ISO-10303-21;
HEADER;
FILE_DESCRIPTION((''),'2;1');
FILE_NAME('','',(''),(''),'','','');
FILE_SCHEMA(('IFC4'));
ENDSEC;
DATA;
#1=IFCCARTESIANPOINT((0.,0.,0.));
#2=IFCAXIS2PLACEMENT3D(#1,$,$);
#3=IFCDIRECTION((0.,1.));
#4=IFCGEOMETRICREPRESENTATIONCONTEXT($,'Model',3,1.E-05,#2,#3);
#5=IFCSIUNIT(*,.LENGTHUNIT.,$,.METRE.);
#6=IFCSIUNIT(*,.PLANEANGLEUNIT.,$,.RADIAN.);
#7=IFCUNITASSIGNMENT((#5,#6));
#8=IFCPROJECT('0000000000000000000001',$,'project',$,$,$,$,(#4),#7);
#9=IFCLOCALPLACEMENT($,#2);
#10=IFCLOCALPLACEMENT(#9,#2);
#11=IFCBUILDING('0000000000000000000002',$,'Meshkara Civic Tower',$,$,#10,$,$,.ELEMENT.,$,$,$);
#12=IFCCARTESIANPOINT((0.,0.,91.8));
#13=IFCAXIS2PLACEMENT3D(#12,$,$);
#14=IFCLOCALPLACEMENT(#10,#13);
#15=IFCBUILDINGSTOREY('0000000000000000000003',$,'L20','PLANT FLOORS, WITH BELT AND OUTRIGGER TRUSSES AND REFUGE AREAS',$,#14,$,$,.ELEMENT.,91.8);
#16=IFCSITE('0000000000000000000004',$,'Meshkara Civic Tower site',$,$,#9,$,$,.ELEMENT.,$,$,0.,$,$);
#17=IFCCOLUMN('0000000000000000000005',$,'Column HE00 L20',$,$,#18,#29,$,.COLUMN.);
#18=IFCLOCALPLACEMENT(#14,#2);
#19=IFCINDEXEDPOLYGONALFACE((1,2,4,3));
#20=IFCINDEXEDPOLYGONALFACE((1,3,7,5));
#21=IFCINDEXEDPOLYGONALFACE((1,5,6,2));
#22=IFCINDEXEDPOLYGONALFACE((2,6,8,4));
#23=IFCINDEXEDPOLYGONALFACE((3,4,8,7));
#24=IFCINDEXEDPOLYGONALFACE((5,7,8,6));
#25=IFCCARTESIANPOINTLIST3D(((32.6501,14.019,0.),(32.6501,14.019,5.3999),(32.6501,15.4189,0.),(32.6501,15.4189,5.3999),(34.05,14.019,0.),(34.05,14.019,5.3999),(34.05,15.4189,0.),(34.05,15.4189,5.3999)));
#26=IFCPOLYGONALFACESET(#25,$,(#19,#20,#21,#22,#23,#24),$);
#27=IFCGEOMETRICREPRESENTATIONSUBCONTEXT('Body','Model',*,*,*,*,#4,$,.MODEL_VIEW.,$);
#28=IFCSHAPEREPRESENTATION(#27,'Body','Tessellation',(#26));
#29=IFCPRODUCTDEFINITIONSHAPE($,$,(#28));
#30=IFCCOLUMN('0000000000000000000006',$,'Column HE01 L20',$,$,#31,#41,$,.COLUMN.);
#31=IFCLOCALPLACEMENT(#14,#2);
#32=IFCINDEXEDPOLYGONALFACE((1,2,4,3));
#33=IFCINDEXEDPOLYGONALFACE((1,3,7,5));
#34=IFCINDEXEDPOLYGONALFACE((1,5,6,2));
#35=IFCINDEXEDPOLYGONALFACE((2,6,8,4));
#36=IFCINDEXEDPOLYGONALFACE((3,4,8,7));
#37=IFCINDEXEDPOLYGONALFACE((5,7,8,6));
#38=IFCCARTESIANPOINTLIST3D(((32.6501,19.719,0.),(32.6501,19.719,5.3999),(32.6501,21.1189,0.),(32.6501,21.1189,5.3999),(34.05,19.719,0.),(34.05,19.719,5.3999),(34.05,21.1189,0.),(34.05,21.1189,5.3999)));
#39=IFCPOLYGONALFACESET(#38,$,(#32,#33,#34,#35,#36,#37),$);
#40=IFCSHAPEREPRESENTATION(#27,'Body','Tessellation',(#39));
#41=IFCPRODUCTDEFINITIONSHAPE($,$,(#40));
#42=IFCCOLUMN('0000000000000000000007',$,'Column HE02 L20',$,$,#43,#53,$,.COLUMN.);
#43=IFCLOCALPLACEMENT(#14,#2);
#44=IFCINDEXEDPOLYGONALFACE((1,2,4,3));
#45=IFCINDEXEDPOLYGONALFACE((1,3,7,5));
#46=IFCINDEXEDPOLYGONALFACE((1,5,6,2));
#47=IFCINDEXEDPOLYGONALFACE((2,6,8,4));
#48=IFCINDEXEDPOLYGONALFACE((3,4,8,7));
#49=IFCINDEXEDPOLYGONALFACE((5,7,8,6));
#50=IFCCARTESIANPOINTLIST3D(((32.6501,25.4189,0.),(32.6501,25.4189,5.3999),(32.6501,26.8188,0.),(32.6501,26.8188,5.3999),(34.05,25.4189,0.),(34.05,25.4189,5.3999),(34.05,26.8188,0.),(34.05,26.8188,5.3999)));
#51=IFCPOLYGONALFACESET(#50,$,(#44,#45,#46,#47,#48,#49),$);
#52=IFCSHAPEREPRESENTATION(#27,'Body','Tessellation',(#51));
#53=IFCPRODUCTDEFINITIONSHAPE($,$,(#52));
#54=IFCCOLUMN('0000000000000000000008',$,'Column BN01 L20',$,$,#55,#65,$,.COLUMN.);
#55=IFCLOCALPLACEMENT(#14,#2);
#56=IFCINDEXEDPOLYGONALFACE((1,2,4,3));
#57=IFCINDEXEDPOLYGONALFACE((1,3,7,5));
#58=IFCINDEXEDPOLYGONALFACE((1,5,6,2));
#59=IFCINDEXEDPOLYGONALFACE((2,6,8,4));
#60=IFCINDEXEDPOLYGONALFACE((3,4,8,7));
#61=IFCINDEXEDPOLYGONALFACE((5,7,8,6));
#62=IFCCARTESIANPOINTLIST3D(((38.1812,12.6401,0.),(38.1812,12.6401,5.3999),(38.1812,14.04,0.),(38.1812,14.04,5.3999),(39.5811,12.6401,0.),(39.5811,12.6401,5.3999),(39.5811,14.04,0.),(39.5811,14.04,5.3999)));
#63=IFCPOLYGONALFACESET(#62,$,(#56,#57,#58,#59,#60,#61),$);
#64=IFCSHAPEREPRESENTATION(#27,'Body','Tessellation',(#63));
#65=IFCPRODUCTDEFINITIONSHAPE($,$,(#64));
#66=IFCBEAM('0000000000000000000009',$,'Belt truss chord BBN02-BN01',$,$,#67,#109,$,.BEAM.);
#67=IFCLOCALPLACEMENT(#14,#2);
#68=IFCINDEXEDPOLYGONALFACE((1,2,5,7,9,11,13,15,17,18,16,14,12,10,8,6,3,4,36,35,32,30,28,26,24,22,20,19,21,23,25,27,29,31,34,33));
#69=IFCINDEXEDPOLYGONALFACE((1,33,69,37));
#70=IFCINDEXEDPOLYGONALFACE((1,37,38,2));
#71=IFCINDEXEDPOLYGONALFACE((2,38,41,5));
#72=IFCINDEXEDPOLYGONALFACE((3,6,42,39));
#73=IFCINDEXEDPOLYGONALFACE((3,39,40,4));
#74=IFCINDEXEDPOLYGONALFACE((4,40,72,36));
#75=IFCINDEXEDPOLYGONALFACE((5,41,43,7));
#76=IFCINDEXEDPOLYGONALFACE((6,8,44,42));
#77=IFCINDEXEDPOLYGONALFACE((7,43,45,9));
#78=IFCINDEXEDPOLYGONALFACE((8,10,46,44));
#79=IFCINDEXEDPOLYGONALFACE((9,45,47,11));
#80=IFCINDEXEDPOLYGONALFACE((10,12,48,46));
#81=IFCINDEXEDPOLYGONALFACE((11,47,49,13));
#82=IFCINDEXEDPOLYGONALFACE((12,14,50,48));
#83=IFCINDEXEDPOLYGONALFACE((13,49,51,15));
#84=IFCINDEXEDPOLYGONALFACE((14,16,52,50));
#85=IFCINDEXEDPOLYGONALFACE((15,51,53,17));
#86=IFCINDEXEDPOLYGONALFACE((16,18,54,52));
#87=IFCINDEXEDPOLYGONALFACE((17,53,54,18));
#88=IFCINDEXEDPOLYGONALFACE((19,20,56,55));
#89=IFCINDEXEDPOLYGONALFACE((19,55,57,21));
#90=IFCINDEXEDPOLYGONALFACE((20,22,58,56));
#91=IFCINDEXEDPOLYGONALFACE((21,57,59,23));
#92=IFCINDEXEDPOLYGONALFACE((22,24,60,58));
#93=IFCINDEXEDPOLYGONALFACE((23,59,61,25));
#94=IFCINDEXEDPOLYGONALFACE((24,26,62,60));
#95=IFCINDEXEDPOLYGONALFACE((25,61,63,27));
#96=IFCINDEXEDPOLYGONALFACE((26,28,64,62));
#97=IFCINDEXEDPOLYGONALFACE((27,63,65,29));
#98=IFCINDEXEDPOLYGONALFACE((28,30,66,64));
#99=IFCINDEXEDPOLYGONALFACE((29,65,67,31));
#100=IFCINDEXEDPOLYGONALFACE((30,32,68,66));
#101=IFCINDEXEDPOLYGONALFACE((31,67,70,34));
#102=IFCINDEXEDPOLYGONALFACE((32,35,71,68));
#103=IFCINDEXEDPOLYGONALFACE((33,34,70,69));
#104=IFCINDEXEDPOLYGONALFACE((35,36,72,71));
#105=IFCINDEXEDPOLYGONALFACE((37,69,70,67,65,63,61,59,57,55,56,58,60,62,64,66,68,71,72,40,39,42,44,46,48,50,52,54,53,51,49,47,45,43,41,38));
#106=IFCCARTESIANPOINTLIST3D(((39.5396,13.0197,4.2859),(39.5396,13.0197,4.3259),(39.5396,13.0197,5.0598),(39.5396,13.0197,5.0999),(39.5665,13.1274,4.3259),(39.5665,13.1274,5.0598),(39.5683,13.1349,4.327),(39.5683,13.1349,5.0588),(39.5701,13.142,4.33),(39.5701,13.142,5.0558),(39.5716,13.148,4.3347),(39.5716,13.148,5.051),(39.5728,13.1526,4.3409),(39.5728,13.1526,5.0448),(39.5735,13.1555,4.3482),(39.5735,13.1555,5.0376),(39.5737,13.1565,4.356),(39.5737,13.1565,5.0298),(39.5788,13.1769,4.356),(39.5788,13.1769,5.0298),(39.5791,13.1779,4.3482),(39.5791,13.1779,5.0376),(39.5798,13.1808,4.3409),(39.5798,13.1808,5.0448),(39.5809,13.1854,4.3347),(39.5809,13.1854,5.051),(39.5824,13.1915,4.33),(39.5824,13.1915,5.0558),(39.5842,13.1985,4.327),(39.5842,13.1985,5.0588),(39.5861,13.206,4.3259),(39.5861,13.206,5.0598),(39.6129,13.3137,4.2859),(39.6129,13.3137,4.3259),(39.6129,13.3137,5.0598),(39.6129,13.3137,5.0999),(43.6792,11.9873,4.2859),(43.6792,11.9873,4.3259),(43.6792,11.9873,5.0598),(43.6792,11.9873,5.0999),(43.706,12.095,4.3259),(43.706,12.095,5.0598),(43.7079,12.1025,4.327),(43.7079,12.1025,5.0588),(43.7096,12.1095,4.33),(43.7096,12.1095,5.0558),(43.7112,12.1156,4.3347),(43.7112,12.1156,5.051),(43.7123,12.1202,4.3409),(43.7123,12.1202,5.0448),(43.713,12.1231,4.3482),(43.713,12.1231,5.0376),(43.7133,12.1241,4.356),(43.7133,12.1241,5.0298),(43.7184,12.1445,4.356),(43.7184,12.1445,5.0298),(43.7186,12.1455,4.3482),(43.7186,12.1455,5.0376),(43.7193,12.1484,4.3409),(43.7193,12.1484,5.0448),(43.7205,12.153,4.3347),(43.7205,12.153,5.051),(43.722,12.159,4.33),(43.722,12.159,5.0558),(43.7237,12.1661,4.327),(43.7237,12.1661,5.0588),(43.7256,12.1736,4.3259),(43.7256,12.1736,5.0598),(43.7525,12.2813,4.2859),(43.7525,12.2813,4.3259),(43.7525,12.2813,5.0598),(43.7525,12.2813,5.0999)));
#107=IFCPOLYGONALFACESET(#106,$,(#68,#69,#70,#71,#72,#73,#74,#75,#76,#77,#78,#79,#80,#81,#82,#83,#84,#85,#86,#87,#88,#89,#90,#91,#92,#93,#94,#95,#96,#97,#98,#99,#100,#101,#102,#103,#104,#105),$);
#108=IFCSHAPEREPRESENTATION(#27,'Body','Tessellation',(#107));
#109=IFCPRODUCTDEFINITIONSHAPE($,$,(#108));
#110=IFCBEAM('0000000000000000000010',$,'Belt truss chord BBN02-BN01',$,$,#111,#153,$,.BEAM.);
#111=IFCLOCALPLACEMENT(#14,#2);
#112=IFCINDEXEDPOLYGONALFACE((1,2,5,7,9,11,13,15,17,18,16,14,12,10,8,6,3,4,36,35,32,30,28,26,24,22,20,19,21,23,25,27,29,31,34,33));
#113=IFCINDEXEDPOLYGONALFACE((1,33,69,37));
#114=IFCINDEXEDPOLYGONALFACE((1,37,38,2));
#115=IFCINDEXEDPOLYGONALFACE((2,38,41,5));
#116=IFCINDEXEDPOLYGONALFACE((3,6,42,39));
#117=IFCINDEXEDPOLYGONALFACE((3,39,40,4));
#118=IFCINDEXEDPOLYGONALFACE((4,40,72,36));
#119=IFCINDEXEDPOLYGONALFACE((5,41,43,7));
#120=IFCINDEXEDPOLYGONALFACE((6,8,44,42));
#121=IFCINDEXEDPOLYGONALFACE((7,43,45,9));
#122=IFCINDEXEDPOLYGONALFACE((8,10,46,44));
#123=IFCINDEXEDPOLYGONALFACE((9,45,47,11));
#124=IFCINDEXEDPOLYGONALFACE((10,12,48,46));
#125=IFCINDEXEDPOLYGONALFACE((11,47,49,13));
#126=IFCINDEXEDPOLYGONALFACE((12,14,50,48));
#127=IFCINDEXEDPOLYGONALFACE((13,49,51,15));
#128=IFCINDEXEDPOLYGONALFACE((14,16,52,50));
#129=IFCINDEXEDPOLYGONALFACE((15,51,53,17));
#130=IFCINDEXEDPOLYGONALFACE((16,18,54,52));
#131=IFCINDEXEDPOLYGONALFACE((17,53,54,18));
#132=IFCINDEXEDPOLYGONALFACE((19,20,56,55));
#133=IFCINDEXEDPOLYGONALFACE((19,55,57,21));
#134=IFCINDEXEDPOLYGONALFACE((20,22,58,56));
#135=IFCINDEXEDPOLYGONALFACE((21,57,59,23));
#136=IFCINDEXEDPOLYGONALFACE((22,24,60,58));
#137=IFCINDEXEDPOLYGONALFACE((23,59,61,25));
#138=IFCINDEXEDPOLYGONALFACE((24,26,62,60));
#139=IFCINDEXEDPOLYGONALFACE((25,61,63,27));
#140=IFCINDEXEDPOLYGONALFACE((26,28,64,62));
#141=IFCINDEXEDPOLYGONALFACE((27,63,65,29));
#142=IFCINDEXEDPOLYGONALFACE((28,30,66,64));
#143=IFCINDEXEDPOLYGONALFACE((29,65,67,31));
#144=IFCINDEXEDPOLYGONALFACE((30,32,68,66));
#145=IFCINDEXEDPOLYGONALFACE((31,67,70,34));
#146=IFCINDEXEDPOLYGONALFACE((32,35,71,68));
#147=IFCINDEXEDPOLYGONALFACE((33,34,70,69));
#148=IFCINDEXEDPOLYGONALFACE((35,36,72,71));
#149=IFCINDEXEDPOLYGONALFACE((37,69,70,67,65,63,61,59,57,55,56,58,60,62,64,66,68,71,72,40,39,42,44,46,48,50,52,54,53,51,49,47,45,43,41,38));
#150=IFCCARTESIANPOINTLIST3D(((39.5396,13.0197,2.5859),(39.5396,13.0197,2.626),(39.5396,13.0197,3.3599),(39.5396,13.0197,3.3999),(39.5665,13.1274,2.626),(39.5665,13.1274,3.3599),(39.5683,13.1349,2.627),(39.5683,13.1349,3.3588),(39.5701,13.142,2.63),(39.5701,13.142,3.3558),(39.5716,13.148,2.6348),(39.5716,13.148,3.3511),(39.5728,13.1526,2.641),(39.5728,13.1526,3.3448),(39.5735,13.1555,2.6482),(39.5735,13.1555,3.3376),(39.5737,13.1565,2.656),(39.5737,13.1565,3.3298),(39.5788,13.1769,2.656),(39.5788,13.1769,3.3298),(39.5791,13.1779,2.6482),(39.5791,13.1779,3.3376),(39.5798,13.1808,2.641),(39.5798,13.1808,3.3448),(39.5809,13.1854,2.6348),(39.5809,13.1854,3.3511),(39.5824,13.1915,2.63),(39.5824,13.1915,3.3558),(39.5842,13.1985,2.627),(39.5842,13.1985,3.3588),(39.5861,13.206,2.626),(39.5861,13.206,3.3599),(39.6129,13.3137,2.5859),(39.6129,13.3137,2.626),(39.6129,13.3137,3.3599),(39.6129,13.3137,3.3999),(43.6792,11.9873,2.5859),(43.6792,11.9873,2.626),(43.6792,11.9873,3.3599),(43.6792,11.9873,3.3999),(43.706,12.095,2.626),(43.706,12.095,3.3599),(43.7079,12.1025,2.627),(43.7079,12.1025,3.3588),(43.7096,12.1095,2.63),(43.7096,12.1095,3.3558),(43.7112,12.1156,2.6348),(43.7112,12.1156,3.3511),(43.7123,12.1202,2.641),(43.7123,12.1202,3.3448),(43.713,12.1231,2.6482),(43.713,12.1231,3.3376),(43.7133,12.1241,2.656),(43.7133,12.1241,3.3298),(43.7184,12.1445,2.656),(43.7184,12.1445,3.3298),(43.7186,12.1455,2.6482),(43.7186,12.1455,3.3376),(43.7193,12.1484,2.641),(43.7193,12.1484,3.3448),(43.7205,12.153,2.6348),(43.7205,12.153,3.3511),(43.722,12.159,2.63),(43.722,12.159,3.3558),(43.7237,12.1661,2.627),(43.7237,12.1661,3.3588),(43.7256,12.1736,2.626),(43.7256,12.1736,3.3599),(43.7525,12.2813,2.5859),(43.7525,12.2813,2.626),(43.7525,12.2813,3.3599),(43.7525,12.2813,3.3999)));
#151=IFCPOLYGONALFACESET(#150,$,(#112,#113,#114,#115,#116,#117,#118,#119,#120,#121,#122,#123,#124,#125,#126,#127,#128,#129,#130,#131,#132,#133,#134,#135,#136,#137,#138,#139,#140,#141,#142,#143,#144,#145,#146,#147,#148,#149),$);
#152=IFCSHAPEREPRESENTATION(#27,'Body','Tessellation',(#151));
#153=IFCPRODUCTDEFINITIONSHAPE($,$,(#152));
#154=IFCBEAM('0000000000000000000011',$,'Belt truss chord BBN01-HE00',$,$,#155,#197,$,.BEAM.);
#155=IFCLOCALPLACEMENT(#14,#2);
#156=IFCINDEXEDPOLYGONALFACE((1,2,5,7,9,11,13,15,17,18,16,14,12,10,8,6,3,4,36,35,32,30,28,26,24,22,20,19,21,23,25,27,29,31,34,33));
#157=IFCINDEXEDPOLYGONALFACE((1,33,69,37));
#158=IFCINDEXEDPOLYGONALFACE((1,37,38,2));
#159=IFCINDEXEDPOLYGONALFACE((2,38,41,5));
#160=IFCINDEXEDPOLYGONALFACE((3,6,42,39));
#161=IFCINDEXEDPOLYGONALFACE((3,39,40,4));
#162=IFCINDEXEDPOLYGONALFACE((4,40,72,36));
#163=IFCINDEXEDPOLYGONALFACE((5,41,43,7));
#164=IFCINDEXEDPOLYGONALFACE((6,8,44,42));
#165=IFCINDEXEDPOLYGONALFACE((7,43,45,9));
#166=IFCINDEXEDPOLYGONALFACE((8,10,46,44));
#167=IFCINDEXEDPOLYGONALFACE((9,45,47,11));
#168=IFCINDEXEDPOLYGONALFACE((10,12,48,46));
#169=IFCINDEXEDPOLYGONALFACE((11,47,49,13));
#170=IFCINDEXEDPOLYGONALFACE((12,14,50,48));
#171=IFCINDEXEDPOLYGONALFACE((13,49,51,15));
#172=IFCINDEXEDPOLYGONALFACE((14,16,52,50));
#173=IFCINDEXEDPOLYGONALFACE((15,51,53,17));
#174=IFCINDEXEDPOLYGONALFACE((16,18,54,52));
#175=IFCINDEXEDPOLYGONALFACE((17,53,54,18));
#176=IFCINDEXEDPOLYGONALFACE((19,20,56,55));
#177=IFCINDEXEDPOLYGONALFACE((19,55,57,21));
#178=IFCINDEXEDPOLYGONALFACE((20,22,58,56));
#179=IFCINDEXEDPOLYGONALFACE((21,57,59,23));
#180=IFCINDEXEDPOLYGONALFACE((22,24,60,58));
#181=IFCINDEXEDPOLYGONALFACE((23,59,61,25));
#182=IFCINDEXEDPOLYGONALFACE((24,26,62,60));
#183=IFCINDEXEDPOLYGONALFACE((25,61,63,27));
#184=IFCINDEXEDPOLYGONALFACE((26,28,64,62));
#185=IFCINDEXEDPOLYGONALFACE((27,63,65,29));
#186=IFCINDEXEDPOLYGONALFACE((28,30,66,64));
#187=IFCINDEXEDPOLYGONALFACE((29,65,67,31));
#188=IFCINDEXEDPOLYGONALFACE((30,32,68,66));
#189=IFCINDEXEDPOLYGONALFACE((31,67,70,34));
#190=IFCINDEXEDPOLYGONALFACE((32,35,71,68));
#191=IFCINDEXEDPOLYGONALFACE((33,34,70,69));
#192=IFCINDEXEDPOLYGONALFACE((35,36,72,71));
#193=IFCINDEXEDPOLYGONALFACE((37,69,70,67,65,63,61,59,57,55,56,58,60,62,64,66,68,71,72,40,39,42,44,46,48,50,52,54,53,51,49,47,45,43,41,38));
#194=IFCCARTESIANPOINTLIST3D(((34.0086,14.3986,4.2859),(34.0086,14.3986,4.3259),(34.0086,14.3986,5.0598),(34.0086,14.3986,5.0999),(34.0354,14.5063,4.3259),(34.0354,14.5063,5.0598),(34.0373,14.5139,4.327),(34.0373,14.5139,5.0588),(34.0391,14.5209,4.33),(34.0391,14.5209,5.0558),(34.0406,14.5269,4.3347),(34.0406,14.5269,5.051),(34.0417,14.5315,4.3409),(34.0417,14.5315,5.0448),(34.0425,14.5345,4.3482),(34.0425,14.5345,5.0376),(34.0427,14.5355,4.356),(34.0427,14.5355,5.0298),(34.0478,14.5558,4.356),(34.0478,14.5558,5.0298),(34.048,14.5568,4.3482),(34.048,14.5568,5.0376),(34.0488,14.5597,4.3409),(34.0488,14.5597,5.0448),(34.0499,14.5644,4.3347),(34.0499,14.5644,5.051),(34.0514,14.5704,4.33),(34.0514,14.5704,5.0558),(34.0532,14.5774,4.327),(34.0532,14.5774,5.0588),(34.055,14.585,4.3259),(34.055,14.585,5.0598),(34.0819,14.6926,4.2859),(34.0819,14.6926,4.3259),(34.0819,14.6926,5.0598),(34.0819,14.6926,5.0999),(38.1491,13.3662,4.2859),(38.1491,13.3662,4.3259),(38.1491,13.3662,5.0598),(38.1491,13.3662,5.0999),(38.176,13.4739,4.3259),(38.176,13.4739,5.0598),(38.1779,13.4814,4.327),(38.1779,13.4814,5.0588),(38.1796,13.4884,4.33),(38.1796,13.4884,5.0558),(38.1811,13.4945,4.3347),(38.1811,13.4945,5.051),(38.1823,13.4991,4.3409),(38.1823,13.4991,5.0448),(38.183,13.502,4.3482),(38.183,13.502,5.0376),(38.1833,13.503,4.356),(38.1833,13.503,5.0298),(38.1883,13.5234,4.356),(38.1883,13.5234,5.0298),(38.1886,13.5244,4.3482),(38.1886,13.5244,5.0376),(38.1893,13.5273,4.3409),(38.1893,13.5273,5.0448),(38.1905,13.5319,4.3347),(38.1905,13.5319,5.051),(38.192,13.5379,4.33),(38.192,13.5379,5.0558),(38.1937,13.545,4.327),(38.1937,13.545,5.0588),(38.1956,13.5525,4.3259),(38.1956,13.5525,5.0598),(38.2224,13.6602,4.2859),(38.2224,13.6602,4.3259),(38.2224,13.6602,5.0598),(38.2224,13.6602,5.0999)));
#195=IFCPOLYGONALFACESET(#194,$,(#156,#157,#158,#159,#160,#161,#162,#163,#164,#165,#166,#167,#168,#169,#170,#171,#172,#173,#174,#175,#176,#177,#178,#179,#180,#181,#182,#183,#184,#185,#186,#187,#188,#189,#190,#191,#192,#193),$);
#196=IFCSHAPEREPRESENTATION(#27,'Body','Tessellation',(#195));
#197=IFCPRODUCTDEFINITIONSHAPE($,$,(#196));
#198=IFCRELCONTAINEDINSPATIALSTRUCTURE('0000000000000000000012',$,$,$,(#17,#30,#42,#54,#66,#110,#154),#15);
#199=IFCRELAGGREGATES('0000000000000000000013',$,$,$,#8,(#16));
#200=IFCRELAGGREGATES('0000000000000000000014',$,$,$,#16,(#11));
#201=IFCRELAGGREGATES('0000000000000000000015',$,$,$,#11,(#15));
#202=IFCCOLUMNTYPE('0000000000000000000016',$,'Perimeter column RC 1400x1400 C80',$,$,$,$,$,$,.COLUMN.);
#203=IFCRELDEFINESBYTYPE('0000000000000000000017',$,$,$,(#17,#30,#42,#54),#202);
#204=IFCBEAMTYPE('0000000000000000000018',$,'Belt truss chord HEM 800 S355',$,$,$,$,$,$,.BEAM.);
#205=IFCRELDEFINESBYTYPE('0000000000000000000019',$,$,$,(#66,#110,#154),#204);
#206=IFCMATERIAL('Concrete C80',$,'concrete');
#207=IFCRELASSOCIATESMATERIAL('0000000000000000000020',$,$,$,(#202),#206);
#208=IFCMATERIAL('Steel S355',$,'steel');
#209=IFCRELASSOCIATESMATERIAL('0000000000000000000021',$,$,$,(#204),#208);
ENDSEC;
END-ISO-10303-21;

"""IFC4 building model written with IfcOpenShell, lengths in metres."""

from ifc_helpers import new_model, si_unit, direction, frame, origin, origin_2d, place, context, subcontext, project, spatial, rectangle, i_section, extrude, material, material_profile, profile_set, type_object, element, save


model = new_model("IFC4")

# Units and contexts
model_context = context("Model", 3, precision=1e-05, world=origin(), true_north=direction((0.0, 1.0)))
body_context = subcontext(model_context, "Body", "Model", "MODEL_VIEW")
ifc_project = project(units=[si_unit("LENGTHUNIT", "METRE"), si_unit("PLANEANGLEUNIT", "RADIAN")], contexts=[model_context])

# Site, building, storey
site_placement = place(None, origin())
site = spatial("IfcSite", under=ifc_project, at=site_placement, Name="Meshkara Civic Tower site", CompositionType="ELEMENT", RefElevation=0.0)
building_placement = place(site_placement, origin())
building = spatial("IfcBuilding", under=site, at=building_placement, Name="Meshkara Civic Tower", CompositionType="ELEMENT")
storey_placement = place(building_placement, frame((0.0, 0.0, 91.8)))
storey = spatial("IfcBuildingStorey", under=building, at=storey_placement, Name="L20", Description="PLANT FLOORS, WITH BELT AND OUTRIGGER TRUSSES AND REFUGE AREAS", CompositionType="ELEMENT", Elevation=91.8)

# Columns
ifc_material_1 = material(Name="Concrete C80", Category="concrete")
ifc_material_profile_1 = material_profile(ifc_material_1, rectangle(XDim=1.3999, YDim=1.3999, at=origin_2d()))
ifc_profile_set_1 = profile_set([ifc_material_profile_1], Name="Concrete C80")
column_type = type_object("IfcColumnType", Name="Perimeter column RC 1400x1400 C80", PredefinedType="COLUMN", material=ifc_profile_set_1)
for number, where, z_axis, x_axis, name in (
    (1, (33.3501, 14.719, 0.0), (0.0, 0.0, 1.0), (1.0, 0.0, 0.0), "Column HE00 L20"),
    (2, (33.3501, 20.4189, 0.0), (0.0, 0.0, 1.0), (1.0, 0.0, 0.0), "Column HE01 L20"),
    (3, (33.3501, 26.1189, 0.0), (0.0, 0.0, 1.0), (1.0, 0.0, 0.0), "Column HE02 L20"),
    (4, (38.8811, 13.3401, 0.0), (0.0, 0.0, 1.0), (1.0, 0.0, 0.0), "Column BN01 L20"),
):
    element("IfcColumn", number, at=place(storey_placement, frame(where, z_axis=z_axis, x_axis=x_axis)), inside=storey, type_object=column_type, Name=name, PredefinedType="COLUMN", context=body_context, shape_type="SweptSolid", body=[
        extrude(rectangle(XDim=1.3999, YDim=1.3999, at=origin_2d()), origin(), (0.0, 0.0, 1.0), 5.3999),
    ])

# Beams
ifc_material_2 = material(Name="Steel S355", Category="steel")
ifc_material_profile_2 = material_profile(ifc_material_2, i_section(OverallWidth=0.303, OverallDepth=0.814, WebThickness=0.021, FlangeThickness=0.04, FilletRadius=0.03, at=origin_2d()))
ifc_profile_set_2 = profile_set([ifc_material_profile_2], Name="Steel S355")
beam_type = type_object("IfcBeamType", Name="Belt truss chord HEM 800 S355", PredefinedType="BEAM", material=ifc_profile_set_2)
for number, where, z_axis, x_axis, name in (
    (5, (43.7158, 12.1343, 4.6929), (-0.970277, 0.241997, 0.0), (-0.241997, -0.970277, 0.0), "Belt truss chord BBN02-BN01"),
    (6, (43.7158, 12.1343, 2.9929), (-0.970277, 0.241997, 0.0), (-0.241997, -0.970277, 0.0), "Belt truss chord BBN02-BN01"),
):
    element("IfcBeam", number, at=place(storey_placement, frame(where, z_axis=z_axis, x_axis=x_axis)), inside=storey, type_object=beam_type, Name=name, PredefinedType="BEAM", context=body_context, shape_type="SweptSolid", body=[
        extrude(i_section(OverallWidth=0.303, OverallDepth=0.814, WebThickness=0.021, FlangeThickness=0.04, FilletRadius=0.03, at=origin_2d()), origin(), (0.0, 0.0, 1.0), 4.2664),
    ])
for number, where, z_axis, x_axis, name in (
    (7, (38.1858, 13.5132, 4.6929), (-0.97029, 0.241943, 0.0), (-0.241943, -0.97029, 0.0), "Belt truss chord BBN01-HE00"),
):
    element("IfcBeam", number, at=place(storey_placement, frame(where, z_axis=z_axis, x_axis=x_axis)), inside=storey, type_object=beam_type, Name=name, PredefinedType="BEAM", context=body_context, shape_type="SweptSolid", body=[
        extrude(i_section(OverallWidth=0.303, OverallDepth=0.814, WebThickness=0.021, FlangeThickness=0.04, FilletRadius=0.03, at=origin_2d()), origin(), (0.0, 0.0, 1.0), 4.2673),
    ])

save(model, "model.ifc")
